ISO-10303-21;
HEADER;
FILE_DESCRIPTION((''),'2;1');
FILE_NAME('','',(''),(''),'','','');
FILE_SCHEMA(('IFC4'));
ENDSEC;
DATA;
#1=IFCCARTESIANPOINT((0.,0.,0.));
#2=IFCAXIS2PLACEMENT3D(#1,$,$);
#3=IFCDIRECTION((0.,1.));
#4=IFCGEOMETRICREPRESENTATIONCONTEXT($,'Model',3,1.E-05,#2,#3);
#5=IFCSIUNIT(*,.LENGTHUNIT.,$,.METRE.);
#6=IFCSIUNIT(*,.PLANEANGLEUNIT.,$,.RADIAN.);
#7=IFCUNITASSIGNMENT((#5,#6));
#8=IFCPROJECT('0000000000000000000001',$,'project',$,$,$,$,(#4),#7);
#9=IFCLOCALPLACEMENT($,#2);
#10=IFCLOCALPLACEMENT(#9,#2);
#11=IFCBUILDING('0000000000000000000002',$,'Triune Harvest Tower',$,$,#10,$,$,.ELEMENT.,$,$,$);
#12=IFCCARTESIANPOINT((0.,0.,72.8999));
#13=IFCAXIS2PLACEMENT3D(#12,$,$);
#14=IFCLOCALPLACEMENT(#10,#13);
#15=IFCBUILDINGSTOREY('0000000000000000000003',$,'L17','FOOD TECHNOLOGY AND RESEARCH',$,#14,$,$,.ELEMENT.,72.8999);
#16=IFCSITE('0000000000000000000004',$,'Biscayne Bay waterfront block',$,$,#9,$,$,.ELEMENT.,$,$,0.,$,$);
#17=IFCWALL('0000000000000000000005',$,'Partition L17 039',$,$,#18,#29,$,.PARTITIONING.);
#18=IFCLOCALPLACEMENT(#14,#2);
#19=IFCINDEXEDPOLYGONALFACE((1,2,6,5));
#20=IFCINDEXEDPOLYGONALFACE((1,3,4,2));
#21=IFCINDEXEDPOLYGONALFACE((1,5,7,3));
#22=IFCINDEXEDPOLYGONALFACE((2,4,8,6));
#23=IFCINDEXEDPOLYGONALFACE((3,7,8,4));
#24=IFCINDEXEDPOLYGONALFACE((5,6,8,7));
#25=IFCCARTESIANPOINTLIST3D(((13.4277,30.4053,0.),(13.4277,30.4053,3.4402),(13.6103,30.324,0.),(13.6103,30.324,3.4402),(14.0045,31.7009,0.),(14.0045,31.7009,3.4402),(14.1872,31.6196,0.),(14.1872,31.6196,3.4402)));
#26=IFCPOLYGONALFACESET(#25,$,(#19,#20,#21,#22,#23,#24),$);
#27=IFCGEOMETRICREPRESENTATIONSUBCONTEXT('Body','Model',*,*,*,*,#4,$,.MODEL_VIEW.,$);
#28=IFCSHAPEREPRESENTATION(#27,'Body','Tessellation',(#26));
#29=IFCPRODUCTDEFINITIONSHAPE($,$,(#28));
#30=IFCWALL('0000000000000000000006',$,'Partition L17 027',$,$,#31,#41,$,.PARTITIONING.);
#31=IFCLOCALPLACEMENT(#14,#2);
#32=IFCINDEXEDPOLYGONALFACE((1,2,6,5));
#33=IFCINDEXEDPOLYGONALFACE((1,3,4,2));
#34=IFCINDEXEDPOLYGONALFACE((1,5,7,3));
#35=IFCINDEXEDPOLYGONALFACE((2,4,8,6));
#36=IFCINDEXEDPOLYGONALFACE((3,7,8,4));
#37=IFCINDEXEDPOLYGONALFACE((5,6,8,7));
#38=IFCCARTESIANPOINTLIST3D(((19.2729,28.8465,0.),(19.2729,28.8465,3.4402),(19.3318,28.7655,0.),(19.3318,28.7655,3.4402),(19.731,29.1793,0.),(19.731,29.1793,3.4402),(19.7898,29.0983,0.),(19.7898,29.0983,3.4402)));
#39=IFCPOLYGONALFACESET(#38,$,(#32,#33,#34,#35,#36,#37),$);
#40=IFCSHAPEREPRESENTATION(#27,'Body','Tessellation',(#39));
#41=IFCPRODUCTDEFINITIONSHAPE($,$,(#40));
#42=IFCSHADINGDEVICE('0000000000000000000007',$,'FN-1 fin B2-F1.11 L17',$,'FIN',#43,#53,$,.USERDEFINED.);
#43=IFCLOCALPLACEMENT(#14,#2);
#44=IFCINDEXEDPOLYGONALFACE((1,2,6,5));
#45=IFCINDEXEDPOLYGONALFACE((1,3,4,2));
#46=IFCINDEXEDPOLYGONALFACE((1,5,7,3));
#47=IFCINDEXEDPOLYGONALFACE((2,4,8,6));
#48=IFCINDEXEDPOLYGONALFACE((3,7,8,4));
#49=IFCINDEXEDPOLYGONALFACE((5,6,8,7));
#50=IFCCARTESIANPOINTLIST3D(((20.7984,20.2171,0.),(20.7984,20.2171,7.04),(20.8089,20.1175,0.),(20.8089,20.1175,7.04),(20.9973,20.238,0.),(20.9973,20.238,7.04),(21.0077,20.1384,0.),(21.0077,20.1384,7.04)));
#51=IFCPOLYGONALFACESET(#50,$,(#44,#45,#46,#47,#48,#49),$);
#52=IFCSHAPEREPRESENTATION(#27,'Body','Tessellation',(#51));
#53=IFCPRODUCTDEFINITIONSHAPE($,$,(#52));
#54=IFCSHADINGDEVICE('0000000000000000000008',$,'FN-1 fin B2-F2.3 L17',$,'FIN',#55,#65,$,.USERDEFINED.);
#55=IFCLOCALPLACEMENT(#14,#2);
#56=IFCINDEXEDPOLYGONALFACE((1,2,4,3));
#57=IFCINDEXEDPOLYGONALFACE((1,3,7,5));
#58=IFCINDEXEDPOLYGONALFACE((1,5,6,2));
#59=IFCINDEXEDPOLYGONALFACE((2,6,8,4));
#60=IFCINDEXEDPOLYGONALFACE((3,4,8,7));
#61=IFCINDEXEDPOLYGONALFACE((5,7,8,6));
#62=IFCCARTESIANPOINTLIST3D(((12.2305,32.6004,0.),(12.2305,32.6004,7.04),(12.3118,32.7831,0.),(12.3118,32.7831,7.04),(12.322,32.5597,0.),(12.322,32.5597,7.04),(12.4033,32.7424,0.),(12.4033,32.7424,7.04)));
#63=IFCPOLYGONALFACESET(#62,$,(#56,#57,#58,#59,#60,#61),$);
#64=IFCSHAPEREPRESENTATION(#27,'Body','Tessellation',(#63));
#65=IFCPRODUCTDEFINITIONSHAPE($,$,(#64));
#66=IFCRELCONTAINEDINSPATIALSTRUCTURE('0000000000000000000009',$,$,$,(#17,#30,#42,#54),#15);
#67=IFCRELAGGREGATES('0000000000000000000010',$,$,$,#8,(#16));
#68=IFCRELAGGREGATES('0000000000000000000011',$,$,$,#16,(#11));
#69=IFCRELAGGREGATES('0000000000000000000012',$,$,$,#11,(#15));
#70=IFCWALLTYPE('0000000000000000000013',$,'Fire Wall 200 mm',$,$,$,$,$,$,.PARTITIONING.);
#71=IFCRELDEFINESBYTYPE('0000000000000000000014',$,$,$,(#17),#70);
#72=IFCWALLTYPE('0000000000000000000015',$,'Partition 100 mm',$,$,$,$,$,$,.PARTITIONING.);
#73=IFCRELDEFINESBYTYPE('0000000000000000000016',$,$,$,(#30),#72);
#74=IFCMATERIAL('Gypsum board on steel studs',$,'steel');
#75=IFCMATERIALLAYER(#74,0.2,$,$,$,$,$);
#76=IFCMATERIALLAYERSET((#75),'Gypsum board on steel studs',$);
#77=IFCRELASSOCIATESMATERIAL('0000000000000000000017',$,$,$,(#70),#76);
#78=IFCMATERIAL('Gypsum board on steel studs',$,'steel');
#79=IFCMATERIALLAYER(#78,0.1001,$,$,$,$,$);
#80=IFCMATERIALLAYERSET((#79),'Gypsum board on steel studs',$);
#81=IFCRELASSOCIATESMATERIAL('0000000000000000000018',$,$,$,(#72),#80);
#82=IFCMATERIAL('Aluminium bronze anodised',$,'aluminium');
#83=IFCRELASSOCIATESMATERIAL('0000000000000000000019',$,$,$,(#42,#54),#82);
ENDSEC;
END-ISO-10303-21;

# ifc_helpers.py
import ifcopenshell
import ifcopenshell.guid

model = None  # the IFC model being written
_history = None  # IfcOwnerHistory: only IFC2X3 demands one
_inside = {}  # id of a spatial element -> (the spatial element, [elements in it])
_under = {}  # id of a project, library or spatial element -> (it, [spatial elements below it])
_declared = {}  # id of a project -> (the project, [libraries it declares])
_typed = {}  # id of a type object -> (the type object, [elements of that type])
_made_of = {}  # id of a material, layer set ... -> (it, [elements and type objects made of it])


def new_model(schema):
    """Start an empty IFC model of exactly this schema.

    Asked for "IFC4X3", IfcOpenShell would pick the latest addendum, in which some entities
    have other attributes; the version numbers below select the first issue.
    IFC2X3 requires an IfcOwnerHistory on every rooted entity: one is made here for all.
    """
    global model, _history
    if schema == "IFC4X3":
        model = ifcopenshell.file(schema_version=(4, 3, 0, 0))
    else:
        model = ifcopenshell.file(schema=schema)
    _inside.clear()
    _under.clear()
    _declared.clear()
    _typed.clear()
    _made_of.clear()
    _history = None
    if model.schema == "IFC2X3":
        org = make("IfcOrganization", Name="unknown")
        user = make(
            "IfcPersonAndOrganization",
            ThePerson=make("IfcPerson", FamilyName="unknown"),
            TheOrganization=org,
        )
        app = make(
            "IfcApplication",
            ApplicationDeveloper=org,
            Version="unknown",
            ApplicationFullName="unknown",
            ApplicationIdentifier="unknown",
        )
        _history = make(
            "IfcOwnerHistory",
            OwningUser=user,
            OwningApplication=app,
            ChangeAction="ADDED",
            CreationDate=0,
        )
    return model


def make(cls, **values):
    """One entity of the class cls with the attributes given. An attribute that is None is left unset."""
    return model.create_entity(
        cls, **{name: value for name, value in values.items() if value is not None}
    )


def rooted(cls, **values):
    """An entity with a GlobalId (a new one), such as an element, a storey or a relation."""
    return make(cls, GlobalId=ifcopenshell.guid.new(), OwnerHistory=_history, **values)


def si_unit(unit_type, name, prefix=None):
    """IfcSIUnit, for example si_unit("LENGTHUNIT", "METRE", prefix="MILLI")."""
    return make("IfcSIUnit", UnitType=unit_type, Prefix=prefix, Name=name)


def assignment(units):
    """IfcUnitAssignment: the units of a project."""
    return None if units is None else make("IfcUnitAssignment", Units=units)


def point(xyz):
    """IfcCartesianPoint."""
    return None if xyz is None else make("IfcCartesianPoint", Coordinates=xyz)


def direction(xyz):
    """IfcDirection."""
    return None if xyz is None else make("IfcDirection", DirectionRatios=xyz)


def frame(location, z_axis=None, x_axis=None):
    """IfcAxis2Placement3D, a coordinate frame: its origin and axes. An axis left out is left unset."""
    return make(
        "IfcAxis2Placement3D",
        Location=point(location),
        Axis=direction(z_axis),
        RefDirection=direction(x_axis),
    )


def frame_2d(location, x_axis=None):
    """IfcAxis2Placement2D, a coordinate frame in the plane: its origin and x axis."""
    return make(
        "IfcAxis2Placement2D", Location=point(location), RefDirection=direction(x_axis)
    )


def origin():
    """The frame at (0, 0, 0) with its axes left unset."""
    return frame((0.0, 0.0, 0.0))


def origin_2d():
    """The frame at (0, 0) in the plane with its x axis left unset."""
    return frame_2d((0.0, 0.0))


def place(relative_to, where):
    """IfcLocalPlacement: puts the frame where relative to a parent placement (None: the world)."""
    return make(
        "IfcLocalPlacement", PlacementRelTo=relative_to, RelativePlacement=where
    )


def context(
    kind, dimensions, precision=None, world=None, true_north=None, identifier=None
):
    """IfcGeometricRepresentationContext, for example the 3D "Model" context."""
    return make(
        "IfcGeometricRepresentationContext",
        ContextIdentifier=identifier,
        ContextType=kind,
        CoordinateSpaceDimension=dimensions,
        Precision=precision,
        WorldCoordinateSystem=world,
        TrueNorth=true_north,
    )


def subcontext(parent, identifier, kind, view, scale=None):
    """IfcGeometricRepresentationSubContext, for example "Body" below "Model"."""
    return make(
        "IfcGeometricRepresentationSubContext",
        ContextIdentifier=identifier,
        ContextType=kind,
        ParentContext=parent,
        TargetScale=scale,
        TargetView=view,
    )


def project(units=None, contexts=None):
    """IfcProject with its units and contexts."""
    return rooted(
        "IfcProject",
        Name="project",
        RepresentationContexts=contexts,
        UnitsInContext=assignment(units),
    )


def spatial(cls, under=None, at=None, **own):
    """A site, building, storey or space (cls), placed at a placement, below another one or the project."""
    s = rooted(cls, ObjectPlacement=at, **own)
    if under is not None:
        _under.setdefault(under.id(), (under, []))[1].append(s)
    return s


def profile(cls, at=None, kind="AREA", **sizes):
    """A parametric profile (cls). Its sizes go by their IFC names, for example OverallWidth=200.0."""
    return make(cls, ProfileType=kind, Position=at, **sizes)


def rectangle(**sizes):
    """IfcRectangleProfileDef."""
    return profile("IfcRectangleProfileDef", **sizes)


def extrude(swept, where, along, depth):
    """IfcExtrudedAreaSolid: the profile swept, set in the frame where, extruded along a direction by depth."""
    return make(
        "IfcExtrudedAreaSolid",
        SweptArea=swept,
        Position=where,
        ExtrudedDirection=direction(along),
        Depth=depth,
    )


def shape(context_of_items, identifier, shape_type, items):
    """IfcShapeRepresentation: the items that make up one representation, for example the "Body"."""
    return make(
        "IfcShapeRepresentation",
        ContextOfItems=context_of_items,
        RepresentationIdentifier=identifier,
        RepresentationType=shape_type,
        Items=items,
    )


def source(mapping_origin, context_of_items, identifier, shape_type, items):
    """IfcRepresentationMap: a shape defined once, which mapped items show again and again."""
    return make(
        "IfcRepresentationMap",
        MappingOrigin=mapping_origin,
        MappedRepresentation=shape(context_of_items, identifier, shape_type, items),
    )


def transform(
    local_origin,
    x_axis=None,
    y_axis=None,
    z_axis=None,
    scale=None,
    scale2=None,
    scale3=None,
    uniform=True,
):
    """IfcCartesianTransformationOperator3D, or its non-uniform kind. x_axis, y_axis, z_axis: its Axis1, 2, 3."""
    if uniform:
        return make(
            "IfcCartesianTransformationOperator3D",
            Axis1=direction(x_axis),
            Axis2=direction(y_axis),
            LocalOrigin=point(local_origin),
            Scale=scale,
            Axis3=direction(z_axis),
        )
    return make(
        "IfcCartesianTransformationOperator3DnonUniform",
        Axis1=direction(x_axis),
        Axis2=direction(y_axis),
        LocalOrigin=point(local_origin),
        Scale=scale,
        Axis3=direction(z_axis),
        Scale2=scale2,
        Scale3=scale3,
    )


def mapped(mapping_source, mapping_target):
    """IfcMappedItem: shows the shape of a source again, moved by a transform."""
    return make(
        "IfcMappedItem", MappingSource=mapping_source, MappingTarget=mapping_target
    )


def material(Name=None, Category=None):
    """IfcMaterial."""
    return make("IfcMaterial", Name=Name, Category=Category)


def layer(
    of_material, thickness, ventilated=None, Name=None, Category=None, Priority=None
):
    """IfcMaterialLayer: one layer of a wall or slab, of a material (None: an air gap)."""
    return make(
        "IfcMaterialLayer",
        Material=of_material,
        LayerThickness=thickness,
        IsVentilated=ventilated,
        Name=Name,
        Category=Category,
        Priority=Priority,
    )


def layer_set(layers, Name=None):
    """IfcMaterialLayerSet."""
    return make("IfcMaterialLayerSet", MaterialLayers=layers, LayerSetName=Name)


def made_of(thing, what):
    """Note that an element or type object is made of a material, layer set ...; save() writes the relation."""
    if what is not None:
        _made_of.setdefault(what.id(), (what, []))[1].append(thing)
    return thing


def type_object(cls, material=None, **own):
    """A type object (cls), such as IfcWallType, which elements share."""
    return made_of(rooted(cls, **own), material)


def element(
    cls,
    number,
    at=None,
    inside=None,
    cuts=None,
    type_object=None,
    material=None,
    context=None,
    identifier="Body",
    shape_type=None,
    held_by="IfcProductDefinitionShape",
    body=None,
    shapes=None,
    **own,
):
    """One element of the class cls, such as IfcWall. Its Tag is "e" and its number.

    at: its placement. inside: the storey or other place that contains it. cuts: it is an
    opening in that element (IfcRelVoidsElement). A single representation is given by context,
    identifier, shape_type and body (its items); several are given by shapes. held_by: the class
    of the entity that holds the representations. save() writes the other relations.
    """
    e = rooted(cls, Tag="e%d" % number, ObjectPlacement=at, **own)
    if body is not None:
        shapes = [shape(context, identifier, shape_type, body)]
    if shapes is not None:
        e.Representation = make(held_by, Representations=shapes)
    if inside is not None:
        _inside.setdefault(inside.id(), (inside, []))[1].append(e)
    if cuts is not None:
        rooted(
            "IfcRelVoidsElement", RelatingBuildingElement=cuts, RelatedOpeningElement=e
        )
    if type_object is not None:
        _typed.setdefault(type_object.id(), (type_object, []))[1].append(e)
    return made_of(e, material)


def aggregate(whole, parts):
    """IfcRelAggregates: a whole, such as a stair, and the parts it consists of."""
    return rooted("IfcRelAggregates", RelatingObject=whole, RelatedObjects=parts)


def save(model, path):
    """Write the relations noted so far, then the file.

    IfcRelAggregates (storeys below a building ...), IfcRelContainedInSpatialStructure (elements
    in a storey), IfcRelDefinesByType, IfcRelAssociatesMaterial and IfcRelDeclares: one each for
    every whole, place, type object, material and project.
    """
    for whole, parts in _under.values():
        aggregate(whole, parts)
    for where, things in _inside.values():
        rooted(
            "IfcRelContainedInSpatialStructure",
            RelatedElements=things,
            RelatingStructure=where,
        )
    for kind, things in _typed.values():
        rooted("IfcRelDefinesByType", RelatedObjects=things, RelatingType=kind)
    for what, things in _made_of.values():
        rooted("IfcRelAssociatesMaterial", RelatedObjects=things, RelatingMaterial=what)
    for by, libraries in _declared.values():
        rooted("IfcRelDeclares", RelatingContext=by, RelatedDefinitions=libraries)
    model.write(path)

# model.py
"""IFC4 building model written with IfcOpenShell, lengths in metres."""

from ifc_helpers import new_model, si_unit, direction, frame, frame_2d, origin, origin_2d, place, context, subcontext, project, spatial, rectangle, extrude, source, transform, mapped, material, layer, layer_set, type_object, element, save


model = new_model("IFC4")

# Units and contexts
model_context = context("Model", 3, precision=1e-05, world=origin(), true_north=direction((0.0, 1.0)))
body_context = subcontext(model_context, "Body", "Model", "MODEL_VIEW")
ifc_project = project(units=[si_unit("LENGTHUNIT", "METRE"), si_unit("PLANEANGLEUNIT", "RADIAN")], contexts=[model_context])

# Site, building, storey
site_placement = place(None, origin())
site = spatial("IfcSite", under=ifc_project, at=site_placement, Name="Biscayne Bay waterfront block", CompositionType="ELEMENT", RefElevation=0.0)
building_placement = place(site_placement, origin())
building = spatial("IfcBuilding", under=site, at=building_placement, Name="Triune Harvest Tower", CompositionType="ELEMENT")
storey_placement = place(building_placement, frame((0.0, 0.0, 72.8999)))
storey = spatial("IfcBuildingStorey", under=building, at=storey_placement, Name="L17", Description="FOOD TECHNOLOGY AND RESEARCH", CompositionType="ELEMENT", Elevation=72.8999)

# Walls
ifc_material_1 = material(Name="Gypsum board on steel studs", Category="steel")
ifc_layer_1 = layer(ifc_material_1, 0.2)
ifc_layer_set_1 = layer_set([ifc_layer_1], Name="Gypsum board on steel studs")
wall_type_1 = type_object("IfcWallType", Name="Fire Wall 200 mm", PredefinedType="PARTITIONING", material=ifc_layer_set_1)
wall_1_placement = place(storey_placement, frame((13.519, 30.3647, 0.0), z_axis=(0.0, 0.0, 1.0), x_axis=(0.406761, 0.913534, 0.0)))
element("IfcWall", 1, at=wall_1_placement, inside=storey, type_object=wall_type_1, Name="Partition L17 039", PredefinedType="PARTITIONING", context=body_context, shape_type="SweptSolid", body=[
    extrude(rectangle(XDim=1.4182, YDim=0.2, at=frame_2d((0.709, 0.0))), origin(), (0.0, 0.0, 1.0), 3.4402),
])
ifc_material_2 = material(Name="Gypsum board on steel studs", Category="steel")
ifc_layer_2 = layer(ifc_material_2, 0.1001)
ifc_layer_set_2 = layer_set([ifc_layer_2], Name="Gypsum board on steel studs")
wall_type_2 = type_object("IfcWallType", Name="Partition 100 mm", PredefinedType="PARTITIONING", material=ifc_layer_set_2)
wall_2_placement = place(storey_placement, frame((19.3022, 28.8059, 0.0), z_axis=(0.0, 0.0, 1.0), x_axis=(0.809016, 0.587787, 0.0)))
element("IfcWall", 2, at=wall_2_placement, inside=storey, type_object=wall_type_2, Name="Partition L17 027", PredefinedType="PARTITIONING", context=body_context, shape_type="SweptSolid", body=[
    extrude(rectangle(XDim=0.5662, YDim=0.1001, at=frame_2d((0.2832, 0.0))), origin(), (0.0, 0.0, 1.0), 3.4402),
])

# Shading devices
ifc_material_3 = material(Name="Aluminium bronze anodised", Category="aluminium")
shared_shape_1 = source(origin(), body_context, "Body", "SweptSolid", [
    extrude(rectangle(XDim=0.1001, YDim=0.2, at=origin_2d()), origin(), (0.0, 0.0, 1.0), 7.04),
])
for number, where, z_axis, x_axis, name in (
    (3, (20.9031, 20.1777, 0.0), (0.0, 0.0, 1.0), (-0.104528, 0.994522, 0.0), "FN-1 fin B2-F1.11 L17"),
    (4, (12.3169, 32.6714, 0.0), (0.0, 0.0, 1.0), (-0.913547, 0.406734, 0.0), "FN-1 fin B2-F2.3 L17"),
):
    element("IfcShadingDevice", number, at=place(storey_placement, frame(where, z_axis=z_axis, x_axis=x_axis)), inside=storey, material=ifc_material_3, Name=name, ObjectType="FIN", PredefinedType="USERDEFINED", context=body_context, shape_type="MappedRepresentation", body=[
        mapped(shared_shape_1, transform((0.0, 0.0, 0.0), scale=1.0)),
    ])

save(model, "model.ifc")
